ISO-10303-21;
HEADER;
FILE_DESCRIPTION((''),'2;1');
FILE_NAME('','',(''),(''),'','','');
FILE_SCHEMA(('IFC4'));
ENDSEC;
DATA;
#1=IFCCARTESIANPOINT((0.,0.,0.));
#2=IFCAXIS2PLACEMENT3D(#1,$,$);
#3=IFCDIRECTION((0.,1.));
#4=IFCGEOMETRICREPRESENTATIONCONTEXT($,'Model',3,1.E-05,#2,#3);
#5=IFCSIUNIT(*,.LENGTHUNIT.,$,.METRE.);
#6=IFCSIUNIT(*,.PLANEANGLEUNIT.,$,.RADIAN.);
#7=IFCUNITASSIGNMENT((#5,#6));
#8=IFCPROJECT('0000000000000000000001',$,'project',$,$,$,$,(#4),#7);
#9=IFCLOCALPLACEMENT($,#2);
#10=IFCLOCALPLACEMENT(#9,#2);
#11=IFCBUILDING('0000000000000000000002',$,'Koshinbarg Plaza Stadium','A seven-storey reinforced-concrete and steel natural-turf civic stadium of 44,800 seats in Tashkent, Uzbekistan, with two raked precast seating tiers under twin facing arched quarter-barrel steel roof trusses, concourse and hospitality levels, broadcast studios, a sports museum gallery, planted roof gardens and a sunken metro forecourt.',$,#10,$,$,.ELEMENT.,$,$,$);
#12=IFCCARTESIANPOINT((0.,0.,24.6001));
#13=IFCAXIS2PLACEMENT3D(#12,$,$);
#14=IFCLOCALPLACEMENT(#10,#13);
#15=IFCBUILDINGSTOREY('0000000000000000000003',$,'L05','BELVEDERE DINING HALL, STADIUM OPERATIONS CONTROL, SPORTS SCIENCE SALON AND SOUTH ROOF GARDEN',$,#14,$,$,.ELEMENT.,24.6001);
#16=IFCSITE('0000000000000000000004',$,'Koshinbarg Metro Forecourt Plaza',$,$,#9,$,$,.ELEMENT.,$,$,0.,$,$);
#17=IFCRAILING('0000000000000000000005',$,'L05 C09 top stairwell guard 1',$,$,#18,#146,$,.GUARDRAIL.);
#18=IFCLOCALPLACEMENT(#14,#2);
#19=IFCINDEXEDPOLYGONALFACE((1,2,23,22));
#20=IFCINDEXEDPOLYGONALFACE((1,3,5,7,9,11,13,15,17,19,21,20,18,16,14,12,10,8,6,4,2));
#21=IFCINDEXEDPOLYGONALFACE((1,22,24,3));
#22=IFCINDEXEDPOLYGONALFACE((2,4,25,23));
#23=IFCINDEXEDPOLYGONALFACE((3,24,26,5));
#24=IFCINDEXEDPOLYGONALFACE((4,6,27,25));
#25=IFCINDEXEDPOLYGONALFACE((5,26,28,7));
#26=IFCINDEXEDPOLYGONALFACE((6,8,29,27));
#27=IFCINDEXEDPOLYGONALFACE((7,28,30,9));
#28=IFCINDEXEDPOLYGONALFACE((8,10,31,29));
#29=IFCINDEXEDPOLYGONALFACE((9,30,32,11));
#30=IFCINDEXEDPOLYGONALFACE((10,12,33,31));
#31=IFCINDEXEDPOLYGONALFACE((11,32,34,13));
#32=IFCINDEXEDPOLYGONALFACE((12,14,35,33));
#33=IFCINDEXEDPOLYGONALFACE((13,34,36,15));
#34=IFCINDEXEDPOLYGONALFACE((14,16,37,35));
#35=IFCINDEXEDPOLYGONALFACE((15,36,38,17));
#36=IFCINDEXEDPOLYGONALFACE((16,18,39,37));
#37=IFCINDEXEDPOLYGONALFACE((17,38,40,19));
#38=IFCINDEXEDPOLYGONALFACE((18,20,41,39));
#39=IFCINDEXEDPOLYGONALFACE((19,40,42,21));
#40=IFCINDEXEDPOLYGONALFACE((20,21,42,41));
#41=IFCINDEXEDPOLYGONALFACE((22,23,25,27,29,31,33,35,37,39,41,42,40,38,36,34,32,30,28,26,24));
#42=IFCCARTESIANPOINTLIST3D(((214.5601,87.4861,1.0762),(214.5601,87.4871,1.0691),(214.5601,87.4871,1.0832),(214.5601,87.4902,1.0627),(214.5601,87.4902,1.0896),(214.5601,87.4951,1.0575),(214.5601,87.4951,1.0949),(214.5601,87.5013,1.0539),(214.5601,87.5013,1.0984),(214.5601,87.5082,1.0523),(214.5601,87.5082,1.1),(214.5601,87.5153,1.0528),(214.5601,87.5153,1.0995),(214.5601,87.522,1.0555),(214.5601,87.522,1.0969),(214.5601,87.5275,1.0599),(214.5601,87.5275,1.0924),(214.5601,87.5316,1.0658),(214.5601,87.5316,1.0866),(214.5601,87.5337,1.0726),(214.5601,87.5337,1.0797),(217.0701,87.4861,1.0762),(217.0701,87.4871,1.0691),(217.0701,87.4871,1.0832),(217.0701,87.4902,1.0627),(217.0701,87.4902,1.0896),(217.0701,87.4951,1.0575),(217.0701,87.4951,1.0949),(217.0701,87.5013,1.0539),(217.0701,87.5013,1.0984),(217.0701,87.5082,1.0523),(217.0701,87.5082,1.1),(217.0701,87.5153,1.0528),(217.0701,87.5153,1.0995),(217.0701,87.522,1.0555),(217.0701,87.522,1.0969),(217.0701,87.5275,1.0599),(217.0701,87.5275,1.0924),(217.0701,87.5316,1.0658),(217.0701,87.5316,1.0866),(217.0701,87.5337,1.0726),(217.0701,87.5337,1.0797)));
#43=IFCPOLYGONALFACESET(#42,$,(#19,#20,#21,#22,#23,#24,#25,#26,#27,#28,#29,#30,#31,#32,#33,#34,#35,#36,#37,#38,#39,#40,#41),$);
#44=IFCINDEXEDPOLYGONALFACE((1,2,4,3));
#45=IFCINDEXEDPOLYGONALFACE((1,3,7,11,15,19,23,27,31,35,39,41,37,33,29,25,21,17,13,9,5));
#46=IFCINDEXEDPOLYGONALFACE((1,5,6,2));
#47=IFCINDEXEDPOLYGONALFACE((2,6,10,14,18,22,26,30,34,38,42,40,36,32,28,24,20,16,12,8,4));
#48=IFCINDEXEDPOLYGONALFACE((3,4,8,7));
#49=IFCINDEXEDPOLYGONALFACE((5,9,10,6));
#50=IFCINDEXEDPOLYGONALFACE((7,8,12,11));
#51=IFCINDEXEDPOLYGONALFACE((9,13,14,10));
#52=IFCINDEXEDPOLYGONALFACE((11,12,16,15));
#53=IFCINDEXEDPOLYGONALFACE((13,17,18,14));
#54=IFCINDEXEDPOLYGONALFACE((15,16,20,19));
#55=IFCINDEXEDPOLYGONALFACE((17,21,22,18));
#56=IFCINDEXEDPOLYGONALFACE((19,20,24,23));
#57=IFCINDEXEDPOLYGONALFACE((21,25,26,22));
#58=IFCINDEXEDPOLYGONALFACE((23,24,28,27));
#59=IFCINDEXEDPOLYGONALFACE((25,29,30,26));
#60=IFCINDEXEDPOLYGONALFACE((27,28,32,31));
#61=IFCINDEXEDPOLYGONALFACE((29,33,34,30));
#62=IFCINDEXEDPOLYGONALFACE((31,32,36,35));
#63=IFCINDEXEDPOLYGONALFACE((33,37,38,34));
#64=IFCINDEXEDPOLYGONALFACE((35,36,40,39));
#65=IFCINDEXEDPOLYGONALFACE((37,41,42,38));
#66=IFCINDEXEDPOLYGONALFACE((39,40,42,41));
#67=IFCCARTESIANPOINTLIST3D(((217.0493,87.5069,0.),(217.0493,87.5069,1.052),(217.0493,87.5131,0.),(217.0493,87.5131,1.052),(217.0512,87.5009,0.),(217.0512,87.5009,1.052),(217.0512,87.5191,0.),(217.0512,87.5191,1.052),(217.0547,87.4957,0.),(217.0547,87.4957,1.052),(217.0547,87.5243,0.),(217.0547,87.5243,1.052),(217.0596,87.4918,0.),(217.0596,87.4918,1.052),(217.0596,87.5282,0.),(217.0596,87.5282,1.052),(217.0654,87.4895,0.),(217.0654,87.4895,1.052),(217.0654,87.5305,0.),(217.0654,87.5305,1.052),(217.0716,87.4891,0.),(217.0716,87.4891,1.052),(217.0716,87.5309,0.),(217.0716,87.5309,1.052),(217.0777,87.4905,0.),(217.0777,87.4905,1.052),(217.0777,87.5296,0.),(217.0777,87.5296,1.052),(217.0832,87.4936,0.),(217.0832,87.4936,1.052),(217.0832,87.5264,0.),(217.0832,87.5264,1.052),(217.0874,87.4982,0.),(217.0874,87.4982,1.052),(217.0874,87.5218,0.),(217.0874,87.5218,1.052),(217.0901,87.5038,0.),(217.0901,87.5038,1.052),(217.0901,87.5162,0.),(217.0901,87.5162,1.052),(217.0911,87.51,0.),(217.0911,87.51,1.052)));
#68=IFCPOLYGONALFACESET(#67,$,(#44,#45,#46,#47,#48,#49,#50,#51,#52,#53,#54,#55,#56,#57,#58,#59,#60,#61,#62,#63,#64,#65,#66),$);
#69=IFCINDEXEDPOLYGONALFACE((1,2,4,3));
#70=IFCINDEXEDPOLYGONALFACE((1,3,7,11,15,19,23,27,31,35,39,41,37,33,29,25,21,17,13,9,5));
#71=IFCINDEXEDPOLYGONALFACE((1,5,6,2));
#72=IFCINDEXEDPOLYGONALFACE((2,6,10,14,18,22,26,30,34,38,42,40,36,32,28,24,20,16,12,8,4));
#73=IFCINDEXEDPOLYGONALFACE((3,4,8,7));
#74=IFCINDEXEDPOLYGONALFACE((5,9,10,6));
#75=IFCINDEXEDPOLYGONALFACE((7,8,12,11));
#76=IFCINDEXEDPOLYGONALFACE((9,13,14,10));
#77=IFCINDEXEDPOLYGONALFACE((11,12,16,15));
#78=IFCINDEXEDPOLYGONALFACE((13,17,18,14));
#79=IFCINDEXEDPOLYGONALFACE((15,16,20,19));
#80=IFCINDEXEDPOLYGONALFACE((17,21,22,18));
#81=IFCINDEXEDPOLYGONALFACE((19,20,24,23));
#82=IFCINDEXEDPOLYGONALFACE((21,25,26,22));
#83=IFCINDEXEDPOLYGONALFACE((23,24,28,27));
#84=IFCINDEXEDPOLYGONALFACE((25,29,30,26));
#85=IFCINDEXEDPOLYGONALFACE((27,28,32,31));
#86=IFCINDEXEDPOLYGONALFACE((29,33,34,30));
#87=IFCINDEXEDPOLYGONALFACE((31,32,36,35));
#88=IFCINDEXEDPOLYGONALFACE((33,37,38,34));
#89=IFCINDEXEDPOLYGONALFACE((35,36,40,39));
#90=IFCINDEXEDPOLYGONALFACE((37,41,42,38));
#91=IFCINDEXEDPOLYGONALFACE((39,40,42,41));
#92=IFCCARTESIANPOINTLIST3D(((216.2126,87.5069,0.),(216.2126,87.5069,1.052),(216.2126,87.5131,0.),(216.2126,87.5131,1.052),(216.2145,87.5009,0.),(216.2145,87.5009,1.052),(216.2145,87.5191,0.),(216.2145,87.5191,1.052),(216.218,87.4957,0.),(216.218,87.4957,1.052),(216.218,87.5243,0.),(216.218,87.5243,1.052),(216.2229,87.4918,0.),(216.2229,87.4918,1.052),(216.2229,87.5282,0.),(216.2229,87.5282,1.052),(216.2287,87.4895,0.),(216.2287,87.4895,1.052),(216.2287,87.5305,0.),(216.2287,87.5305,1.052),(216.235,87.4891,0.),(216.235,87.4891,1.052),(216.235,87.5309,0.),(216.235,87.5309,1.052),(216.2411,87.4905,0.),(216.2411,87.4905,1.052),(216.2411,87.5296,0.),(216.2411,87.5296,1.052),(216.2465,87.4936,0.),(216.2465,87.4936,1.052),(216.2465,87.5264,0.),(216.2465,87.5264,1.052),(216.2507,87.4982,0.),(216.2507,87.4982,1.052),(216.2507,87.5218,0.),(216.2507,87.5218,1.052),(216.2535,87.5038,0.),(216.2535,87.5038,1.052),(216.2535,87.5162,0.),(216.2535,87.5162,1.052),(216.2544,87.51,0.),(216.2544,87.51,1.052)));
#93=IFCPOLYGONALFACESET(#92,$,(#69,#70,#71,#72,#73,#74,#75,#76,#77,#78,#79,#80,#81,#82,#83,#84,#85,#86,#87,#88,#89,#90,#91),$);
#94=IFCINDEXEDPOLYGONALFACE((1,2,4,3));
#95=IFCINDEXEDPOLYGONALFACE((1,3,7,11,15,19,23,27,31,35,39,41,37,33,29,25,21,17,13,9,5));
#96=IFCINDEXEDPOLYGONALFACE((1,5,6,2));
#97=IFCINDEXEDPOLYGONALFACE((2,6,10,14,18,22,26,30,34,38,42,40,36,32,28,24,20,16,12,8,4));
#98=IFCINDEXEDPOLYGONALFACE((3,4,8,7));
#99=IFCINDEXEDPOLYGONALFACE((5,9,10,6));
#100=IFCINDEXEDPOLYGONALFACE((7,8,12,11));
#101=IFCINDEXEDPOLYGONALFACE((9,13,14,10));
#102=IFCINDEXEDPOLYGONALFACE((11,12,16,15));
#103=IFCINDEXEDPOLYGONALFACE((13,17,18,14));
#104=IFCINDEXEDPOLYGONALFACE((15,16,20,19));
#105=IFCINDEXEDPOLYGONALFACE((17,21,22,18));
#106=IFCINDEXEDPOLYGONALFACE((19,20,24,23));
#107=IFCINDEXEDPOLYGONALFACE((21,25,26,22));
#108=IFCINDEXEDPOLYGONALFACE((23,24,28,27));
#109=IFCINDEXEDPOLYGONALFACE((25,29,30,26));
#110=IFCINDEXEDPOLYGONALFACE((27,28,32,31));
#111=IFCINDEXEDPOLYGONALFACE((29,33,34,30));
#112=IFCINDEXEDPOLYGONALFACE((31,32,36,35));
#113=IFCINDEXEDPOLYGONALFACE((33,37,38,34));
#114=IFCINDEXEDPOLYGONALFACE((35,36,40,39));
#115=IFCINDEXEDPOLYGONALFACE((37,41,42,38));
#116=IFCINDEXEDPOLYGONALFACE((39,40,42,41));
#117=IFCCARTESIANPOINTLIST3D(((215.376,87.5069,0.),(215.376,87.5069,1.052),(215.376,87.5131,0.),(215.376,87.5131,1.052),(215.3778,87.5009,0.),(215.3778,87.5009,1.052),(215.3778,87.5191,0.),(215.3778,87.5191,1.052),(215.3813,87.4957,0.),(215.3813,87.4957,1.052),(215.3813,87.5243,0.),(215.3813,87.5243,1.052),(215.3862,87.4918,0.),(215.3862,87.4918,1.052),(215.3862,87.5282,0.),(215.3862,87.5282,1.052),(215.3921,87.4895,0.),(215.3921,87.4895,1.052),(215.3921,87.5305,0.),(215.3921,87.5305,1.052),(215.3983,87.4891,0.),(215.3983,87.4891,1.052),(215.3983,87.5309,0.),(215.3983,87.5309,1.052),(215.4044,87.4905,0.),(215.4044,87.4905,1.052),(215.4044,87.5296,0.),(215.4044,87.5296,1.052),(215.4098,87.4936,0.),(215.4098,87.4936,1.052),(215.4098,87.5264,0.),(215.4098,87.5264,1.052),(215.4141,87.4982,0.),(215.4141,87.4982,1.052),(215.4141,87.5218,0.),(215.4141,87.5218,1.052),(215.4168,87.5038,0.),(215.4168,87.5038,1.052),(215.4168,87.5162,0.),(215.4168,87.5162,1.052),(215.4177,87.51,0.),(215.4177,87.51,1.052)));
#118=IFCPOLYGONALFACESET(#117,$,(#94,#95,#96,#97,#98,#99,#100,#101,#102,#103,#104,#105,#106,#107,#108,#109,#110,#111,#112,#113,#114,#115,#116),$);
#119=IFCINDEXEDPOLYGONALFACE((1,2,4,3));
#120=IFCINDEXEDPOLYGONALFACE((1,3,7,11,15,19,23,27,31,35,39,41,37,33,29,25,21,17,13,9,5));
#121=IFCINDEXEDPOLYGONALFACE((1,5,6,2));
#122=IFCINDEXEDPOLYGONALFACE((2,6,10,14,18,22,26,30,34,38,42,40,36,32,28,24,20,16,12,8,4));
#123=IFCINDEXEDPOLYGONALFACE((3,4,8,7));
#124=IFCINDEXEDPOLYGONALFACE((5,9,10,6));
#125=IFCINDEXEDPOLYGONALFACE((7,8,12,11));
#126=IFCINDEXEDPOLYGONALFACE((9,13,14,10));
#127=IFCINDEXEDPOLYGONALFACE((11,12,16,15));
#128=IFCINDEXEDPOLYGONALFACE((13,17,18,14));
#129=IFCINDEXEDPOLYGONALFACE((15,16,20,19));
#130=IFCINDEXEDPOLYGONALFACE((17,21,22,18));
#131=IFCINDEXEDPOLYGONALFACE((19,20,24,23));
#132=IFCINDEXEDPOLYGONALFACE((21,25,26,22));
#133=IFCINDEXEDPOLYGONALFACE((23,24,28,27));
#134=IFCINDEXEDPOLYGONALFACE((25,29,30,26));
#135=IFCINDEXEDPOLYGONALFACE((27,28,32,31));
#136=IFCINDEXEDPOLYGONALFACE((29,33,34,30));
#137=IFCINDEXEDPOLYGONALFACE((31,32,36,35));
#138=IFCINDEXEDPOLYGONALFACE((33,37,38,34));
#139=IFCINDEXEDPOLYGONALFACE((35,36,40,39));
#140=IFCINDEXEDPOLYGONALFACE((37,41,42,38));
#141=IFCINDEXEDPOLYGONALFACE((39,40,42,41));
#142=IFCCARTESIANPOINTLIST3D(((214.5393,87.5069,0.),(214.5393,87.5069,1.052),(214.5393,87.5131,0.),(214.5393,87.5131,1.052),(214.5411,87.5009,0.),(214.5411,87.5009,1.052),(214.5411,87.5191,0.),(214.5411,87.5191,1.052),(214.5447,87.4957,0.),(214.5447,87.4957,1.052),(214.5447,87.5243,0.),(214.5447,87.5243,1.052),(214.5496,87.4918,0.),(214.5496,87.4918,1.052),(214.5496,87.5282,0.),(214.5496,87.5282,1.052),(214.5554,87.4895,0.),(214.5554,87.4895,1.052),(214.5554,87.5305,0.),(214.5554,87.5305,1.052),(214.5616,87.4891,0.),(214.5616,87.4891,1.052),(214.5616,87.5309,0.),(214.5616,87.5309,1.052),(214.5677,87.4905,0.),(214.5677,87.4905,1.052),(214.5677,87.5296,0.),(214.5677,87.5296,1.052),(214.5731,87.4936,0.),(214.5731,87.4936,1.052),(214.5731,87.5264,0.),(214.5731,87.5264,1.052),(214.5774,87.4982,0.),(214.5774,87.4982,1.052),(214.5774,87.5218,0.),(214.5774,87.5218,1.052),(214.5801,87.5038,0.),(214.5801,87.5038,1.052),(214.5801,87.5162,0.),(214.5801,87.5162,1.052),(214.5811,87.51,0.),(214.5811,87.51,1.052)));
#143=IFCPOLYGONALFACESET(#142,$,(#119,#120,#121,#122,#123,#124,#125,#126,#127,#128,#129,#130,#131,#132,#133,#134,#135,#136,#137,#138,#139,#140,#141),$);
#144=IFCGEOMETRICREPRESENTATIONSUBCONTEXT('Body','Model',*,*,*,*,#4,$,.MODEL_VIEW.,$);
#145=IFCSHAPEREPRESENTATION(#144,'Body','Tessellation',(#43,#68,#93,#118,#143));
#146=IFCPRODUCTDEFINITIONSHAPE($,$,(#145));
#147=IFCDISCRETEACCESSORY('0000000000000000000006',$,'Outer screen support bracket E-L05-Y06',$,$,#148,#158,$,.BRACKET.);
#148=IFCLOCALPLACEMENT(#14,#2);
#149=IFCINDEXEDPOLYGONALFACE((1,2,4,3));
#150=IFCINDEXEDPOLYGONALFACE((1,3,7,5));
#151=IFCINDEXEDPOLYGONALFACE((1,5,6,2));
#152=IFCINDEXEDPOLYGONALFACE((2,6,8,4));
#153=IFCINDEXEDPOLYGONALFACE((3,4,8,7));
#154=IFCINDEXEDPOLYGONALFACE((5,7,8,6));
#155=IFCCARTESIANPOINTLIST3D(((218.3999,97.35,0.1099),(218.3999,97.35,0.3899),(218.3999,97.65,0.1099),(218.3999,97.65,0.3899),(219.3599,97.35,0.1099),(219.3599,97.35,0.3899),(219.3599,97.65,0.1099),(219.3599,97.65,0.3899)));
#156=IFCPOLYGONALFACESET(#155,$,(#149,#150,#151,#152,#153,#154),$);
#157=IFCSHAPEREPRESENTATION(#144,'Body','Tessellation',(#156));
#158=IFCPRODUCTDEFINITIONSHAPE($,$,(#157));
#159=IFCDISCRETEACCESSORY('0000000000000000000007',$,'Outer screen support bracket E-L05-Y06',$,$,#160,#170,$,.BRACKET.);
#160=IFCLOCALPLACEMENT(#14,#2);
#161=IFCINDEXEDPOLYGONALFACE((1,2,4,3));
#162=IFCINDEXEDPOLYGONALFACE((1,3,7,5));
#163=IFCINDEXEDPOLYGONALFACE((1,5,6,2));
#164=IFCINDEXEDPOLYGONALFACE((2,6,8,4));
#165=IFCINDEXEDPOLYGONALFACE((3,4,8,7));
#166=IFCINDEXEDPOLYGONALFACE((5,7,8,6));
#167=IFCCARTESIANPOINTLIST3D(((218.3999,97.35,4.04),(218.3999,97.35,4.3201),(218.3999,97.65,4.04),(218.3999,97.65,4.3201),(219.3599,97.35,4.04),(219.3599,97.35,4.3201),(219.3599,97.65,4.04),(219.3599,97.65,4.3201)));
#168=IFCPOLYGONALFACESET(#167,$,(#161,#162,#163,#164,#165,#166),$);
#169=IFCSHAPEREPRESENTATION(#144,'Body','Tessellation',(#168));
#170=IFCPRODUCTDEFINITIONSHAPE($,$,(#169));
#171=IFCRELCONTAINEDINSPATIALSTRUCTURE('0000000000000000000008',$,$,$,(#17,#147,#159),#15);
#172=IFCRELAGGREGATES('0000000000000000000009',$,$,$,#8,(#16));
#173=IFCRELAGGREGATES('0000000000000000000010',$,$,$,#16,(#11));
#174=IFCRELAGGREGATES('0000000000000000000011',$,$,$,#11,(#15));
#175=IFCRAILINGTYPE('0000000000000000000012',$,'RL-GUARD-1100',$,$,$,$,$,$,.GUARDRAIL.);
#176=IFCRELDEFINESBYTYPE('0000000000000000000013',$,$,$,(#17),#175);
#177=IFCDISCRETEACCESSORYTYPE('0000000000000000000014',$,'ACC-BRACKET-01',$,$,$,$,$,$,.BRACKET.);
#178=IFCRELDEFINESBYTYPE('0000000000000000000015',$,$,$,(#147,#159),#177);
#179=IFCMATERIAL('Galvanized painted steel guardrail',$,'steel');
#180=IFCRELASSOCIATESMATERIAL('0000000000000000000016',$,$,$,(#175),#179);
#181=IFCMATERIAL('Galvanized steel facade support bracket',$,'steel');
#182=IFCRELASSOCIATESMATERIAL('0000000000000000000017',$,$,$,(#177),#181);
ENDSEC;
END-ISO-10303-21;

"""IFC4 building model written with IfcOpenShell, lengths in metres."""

from ifc_helpers import new_model, si_unit, direction, frame, origin, origin_2d, place, context, subcontext, project, spatial, rectangle, circle, extrude, material, type_object, element, save


model = new_model("IFC4")

# Units and contexts
model_context = context("Model", 3, precision=1e-05, world=origin(), true_north=direction((0.0, 1.0)))
body_context = subcontext(model_context, "Body", "Model", "MODEL_VIEW")
ifc_project = project(units=[si_unit("LENGTHUNIT", "METRE"), si_unit("PLANEANGLEUNIT", "RADIAN")], contexts=[model_context])

# Site, building, storey
site_placement = place(None, origin())
site = spatial("IfcSite", under=ifc_project, at=site_placement, Name="Koshinbarg Metro Forecourt Plaza", CompositionType="ELEMENT", RefElevation=0.0)
building_placement = place(site_placement, origin())
building = spatial("IfcBuilding", under=site, at=building_placement, Name="Koshinbarg Plaza Stadium", Description="A seven-storey reinforced-concrete and steel natural-turf civic stadium of 44,800 seats in Tashkent, Uzbekistan, with two raked precast seating tiers under twin facing arched quarter-barrel steel roof trusses, concourse and hospitality levels, broadcast studios, a sports museum gallery, planted roof gardens and a sunken metro forecourt.", CompositionType="ELEMENT")
storey_placement = place(building_placement, frame((0.0, 0.0, 24.6001)))
storey = spatial("IfcBuildingStorey", under=building, at=storey_placement, Name="L05", Description="BELVEDERE DINING HALL, STADIUM OPERATIONS CONTROL, SPORTS SCIENCE SALON AND SOUTH ROOF GARDEN", CompositionType="ELEMENT", Elevation=24.6001)

# Railing
ifc_material_1 = material(Name="Galvanized painted steel guardrail", Category="steel")
railing_type_1 = type_object("IfcRailingType", Name="RL-GUARD-1100", PredefinedType="GUARDRAIL", material=ifc_material_1)
railing_1_placement = place(storey_placement, frame((217.0701, 87.51, 0.0)))
element("IfcRailing", 1, at=railing_1_placement, inside=storey, type_object=railing_type_1, Name="L05 C09 top stairwell guard 1", PredefinedType="GUARDRAIL", context=body_context, shape_type="SweptSolid", body=[
    extrude(circle(Radius=0.0239, at=origin_2d()), frame((0.0, 0.0, 1.0762), z_axis=(-1.0, 0.0, 0.0), x_axis=(0.0, -1.0, 0.0)), (0.0, 0.0, 1.0), 2.51),
    extrude(circle(Radius=0.021, at=origin_2d()), origin(), (0.0, 0.0, 1.0), 1.052),
    extrude(circle(Radius=0.021, at=origin_2d()), frame((-0.8367, 0.0, 0.0)), (0.0, 0.0, 1.0), 1.052),
    extrude(circle(Radius=0.021, at=origin_2d()), frame((-1.6733, 0.0, 0.0)), (0.0, 0.0, 1.0), 1.052),
    extrude(circle(Radius=0.021, at=origin_2d()), frame((-2.51, 0.0, 0.0)), (0.0, 0.0, 1.0), 1.052),
])

# Discrete accessories
ifc_material_2 = material(Name="Galvanized steel facade support bracket", Category="steel")
discrete_accessory_type = type_object("IfcDiscreteAccessoryType", Name="ACC-BRACKET-01", PredefinedType="BRACKET", material=ifc_material_2)
for number, where, z_axis, x_axis, name in (
    (2, (218.8799, 97.5, 0.1099), (0.0, 0.0, 1.0), (1.0, 0.0, 0.0), "Outer screen support bracket E-L05-Y06"),
    (3, (218.8799, 97.5, 4.04), (0.0, 0.0, 1.0), (1.0, 0.0, 0.0), "Outer screen support bracket E-L05-Y06"),
):
    element("IfcDiscreteAccessory", number, at=place(storey_placement, frame(where, z_axis=z_axis, x_axis=x_axis)), inside=storey, type_object=discrete_accessory_type, Name=name, PredefinedType="BRACKET", context=body_context, shape_type="SweptSolid", body=[
        extrude(rectangle(XDim=0.96, YDim=0.3, at=origin_2d()), origin(), (0.0, 0.0, 1.0), 0.28),
    ])

save(model, "model.ifc")
